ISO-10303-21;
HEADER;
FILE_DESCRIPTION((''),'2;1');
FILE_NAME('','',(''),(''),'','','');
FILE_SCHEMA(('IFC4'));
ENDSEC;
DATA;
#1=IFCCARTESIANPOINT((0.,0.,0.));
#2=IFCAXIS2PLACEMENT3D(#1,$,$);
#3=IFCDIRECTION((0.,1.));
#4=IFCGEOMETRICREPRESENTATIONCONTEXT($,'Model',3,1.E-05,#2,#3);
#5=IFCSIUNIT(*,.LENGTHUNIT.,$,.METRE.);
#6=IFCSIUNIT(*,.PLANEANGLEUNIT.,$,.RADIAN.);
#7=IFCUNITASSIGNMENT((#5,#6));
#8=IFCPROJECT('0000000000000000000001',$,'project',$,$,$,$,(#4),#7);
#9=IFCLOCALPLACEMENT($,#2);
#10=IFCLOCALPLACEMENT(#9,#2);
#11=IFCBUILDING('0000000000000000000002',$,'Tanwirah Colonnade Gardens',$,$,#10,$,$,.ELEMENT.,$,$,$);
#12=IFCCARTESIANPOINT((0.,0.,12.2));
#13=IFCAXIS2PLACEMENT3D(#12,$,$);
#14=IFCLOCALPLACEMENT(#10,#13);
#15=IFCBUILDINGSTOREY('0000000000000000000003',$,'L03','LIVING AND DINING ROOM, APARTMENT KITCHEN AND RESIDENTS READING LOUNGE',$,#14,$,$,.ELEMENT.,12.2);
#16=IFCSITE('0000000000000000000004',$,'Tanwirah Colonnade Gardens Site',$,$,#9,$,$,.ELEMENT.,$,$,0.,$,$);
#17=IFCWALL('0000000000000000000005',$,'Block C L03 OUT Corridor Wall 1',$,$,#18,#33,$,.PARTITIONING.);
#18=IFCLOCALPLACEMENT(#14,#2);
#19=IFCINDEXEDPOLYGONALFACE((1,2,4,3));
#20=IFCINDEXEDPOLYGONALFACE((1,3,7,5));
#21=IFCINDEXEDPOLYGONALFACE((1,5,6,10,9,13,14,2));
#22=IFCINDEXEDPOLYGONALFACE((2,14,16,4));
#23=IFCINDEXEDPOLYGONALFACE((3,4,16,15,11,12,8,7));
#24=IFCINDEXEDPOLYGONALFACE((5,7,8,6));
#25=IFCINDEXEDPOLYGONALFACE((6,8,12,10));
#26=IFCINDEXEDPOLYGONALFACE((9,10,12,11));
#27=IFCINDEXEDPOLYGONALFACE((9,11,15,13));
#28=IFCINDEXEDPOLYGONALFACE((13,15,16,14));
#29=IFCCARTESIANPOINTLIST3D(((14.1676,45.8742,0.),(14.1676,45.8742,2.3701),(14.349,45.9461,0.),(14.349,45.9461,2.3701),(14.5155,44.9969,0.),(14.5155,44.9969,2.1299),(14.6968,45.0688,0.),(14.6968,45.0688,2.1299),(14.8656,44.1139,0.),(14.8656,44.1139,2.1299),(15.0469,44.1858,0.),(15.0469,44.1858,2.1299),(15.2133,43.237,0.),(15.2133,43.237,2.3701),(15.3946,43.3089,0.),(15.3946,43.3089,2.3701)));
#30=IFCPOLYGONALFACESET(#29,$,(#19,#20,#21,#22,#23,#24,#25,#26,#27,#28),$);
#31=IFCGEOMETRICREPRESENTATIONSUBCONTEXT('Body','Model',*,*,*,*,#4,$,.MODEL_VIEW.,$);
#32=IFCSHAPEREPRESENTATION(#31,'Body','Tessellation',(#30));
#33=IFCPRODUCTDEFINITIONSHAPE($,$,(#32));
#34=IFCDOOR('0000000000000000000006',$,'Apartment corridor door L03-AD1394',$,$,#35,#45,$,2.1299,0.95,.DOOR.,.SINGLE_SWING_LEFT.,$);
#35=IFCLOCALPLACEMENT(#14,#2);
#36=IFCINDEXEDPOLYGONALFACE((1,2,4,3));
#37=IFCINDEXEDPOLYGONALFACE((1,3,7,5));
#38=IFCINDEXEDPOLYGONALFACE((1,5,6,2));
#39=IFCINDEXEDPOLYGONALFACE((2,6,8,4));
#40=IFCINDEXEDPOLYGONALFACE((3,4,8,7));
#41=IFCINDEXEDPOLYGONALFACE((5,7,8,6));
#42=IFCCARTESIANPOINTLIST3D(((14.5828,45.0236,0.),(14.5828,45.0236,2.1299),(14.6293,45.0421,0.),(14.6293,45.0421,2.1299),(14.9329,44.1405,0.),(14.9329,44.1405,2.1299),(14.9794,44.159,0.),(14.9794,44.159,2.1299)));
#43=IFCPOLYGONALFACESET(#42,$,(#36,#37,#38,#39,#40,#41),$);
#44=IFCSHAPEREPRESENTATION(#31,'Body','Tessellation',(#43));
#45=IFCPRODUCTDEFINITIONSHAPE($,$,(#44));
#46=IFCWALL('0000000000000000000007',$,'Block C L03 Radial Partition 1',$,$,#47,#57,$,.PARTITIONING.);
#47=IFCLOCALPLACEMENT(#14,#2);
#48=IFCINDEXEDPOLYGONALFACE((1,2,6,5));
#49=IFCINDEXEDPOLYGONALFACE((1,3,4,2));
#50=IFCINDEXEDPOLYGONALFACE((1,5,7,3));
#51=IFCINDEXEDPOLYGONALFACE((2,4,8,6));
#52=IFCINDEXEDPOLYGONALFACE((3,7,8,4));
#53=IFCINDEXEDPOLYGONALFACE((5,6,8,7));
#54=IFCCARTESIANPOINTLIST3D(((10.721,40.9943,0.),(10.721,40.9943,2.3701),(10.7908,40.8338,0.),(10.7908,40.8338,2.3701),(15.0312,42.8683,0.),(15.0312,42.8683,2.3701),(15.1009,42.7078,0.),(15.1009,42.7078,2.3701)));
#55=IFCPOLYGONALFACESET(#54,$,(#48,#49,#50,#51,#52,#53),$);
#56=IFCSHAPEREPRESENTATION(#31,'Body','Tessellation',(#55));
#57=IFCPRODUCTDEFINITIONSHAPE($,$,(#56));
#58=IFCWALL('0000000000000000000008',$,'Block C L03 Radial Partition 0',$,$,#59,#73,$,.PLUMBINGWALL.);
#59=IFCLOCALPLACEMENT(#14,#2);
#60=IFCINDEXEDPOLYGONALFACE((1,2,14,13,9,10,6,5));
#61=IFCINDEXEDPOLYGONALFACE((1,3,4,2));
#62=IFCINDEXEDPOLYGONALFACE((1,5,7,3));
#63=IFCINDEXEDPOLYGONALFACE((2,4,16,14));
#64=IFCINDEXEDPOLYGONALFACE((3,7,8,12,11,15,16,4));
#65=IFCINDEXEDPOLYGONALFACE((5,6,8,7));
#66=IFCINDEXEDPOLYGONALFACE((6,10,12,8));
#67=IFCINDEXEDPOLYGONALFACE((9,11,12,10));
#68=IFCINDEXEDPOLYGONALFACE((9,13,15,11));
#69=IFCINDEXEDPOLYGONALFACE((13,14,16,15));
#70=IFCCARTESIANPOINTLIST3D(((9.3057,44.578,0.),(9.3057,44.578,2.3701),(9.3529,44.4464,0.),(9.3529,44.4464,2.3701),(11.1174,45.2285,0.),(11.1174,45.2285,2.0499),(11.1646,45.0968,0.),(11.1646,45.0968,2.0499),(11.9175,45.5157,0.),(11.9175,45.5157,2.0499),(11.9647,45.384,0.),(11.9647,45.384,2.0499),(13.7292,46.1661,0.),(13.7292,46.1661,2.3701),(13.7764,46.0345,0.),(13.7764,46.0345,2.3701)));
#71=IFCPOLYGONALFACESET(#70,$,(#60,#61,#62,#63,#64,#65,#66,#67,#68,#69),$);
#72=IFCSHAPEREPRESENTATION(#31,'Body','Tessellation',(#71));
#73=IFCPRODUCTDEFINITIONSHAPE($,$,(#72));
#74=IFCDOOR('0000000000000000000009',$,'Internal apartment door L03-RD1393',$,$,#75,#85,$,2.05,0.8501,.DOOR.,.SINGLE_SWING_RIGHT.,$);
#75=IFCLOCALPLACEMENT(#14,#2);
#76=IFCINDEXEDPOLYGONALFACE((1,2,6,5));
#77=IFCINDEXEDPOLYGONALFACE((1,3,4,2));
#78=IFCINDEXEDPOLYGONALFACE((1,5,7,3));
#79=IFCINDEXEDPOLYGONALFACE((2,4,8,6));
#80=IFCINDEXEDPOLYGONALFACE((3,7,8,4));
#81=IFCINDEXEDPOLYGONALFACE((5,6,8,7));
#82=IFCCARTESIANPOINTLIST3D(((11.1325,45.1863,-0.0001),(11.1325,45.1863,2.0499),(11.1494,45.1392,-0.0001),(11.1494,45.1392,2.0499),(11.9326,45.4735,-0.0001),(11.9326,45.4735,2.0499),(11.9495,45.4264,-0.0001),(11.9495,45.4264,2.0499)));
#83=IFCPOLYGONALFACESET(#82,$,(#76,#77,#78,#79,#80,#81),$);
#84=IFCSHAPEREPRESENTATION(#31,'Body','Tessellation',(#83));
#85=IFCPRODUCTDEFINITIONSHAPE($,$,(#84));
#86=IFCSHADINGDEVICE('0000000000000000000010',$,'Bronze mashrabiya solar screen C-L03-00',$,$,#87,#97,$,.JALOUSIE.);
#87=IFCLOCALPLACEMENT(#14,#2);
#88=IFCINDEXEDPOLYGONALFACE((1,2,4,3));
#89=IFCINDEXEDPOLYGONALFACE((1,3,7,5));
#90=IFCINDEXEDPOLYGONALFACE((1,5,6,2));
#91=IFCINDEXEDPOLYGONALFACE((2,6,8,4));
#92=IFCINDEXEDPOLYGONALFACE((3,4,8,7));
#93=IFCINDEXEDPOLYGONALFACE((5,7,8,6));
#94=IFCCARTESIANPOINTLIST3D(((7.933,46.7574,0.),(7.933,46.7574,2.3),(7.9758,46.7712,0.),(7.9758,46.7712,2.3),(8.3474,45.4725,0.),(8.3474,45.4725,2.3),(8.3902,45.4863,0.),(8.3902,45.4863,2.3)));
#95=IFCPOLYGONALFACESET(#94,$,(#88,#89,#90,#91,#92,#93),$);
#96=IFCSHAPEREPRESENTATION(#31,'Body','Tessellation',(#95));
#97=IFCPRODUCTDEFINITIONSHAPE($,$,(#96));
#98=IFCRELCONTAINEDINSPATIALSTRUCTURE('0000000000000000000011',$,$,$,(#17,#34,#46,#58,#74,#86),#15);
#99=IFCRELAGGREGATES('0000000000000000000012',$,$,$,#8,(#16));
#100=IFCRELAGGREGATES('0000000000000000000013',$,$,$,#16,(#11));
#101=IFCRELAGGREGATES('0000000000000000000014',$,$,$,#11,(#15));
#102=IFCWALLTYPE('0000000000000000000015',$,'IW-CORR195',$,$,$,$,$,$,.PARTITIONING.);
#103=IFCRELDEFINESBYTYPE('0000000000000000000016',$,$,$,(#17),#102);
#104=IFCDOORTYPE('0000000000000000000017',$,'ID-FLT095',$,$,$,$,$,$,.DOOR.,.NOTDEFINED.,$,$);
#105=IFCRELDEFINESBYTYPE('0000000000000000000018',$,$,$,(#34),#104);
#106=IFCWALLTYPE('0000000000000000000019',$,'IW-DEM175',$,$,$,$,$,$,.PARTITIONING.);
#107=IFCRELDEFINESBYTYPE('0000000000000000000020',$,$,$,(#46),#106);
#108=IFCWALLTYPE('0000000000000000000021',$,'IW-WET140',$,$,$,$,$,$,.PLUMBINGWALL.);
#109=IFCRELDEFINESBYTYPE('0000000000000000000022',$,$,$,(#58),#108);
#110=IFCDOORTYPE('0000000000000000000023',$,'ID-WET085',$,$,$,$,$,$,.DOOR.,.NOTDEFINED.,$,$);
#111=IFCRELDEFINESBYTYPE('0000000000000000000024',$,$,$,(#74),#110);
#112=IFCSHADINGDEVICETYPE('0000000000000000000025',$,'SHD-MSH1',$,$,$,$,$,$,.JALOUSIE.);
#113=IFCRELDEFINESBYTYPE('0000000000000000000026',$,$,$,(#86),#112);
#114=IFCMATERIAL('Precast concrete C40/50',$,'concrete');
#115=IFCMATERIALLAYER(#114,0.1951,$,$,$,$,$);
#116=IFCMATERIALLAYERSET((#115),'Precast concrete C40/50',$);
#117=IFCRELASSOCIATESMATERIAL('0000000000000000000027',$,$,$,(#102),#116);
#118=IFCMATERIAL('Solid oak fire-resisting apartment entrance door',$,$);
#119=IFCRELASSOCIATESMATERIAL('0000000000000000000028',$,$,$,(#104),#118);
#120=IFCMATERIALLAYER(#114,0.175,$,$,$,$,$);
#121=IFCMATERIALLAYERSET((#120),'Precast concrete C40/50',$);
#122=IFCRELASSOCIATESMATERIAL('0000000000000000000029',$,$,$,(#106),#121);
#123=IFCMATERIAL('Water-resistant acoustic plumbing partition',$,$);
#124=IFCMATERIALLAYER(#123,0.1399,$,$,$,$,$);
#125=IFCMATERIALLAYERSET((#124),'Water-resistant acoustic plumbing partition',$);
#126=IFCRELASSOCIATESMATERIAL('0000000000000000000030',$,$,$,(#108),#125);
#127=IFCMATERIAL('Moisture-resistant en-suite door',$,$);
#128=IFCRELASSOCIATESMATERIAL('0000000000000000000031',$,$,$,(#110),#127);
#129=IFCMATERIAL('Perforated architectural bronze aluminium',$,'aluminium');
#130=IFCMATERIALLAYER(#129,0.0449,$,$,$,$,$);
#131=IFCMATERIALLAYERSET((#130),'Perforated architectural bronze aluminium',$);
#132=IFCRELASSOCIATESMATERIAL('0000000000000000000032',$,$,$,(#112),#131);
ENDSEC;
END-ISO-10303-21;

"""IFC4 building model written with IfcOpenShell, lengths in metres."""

from ifc_helpers import new_model, si_unit, direction, frame, frame_2d, origin, origin_2d, place, context, subcontext, project, spatial, rectangle, extrude, material, layer, layer_set, type_object, element, fill, save


model = new_model("IFC4")

# Units and contexts
model_context = context("Model", 3, precision=1e-05, world=origin(), true_north=direction((0.0, 1.0)))
body_context = subcontext(model_context, "Body", "Model", "MODEL_VIEW")
ifc_project = project(units=[si_unit("LENGTHUNIT", "METRE"), si_unit("PLANEANGLEUNIT", "RADIAN")], contexts=[model_context])

# Site, building, storey
site_placement = place(None, origin())
site = spatial("IfcSite", under=ifc_project, at=site_placement, Name="Tanwirah Colonnade Gardens Site", CompositionType="ELEMENT", RefElevation=0.0)
building_placement = place(site_placement, origin())
building = spatial("IfcBuilding", under=site, at=building_placement, Name="Tanwirah Colonnade Gardens", CompositionType="ELEMENT")
storey_placement = place(building_placement, frame((0.0, 0.0, 12.2)))
storey = spatial("IfcBuildingStorey", under=building, at=storey_placement, Name="L03", Description="LIVING AND DINING ROOM, APARTMENT KITCHEN AND RESIDENTS READING LOUNGE", CompositionType="ELEMENT", Elevation=12.2)

# Shared definitions
ifc_material_1 = material(Name="Precast concrete C40/50", Category="concrete")

# Wall, opening, door
ifc_layer_1 = layer(ifc_material_1, 0.1951)
ifc_layer_set_1 = layer_set([ifc_layer_1], Name="Precast concrete C40/50")
wall_type_1 = type_object("IfcWallType", Name="IW-CORR195", PredefinedType="PARTITIONING", material=ifc_layer_set_1)
wall_1_placement = place(storey_placement, frame((14.2583, 45.9102, 0.0), z_axis=(0.0, 0.0, 1.0), x_axis=(0.368585, -0.929594, 0.0)))
wall_1 = element("IfcWall", 1, at=wall_1_placement, inside=storey, type_object=wall_type_1, Name="Block C L03 OUT Corridor Wall 1", PredefinedType="PARTITIONING", context=body_context, shape_type="SweptSolid", body=[
    extrude(rectangle(XDim=2.8369, YDim=0.1951, at=frame_2d((1.4185, 0.0))), origin(), (0.0, 0.0, 1.0), 2.3701),
])
opening_1_placement = place(wall_1_placement, frame((0.9436, 0.0, 0.0)))
opening_1 = element("IfcOpeningElement", 2, at=opening_1_placement, cuts=wall_1, PredefinedType="OPENING", context=body_context, shape_type="SweptSolid", body=[
    extrude(rectangle(XDim=0.95, YDim=2.1299, at=frame_2d((0.4751, 1.0649))), frame((0.0, 0.1074, 0.0), z_axis=(0.0, -1.0, 0.0), x_axis=(1.0, 0.0, 0.0)), (0.0, 0.0, 1.0), 0.2151),
])
ifc_material_2 = material(Name="Solid oak fire-resisting apartment entrance door")
door_type_1 = type_object("IfcDoorType", Name="ID-FLT095", OperationType="NOTDEFINED", PredefinedType="DOOR", material=ifc_material_2)
door_1_placement = place(opening_1_placement, origin())
door_1 = element("IfcDoor", 3, at=door_1_placement, inside=storey, type_object=door_type_1, Name="Apartment corridor door L03-AD1394", OperationType="SINGLE_SWING_LEFT", OverallHeight=2.1299, OverallWidth=0.95, PredefinedType="DOOR", context=body_context, shape_type="SweptSolid", body=[
    extrude(rectangle(XDim=0.95, YDim=2.1299, at=frame_2d((0.4751, 1.0649))), frame((0.0, 0.0249, 0.0), z_axis=(0.0, -1.0, 0.0), x_axis=(1.0, 0.0, 0.0)), (0.0, 0.0, 1.0), 0.05),
])
fill(opening_1, door_1)

# Wall
ifc_layer_2 = layer(ifc_material_1, 0.175)
ifc_layer_set_2 = layer_set([ifc_layer_2], Name="Precast concrete C40/50")
wall_type_2 = type_object("IfcWallType", Name="IW-DEM175", PredefinedType="PARTITIONING", material=ifc_layer_set_2)
wall_2_placement = place(storey_placement, frame((15.0662, 42.7881, 0.0), z_axis=(0.0, 0.0, 1.0), x_axis=(-0.917072, -0.398722, 0.0)))
element("IfcWall", 4, at=wall_2_placement, inside=storey, type_object=wall_type_2, Name="Block C L03 Radial Partition 1", PredefinedType="PARTITIONING", context=body_context, shape_type="SweptSolid", body=[
    extrude(rectangle(XDim=4.7, YDim=0.175, at=frame_2d((2.3501, 0.0))), origin(), (0.0, 0.0, 1.0), 2.3701),
])

# Wall, opening, door
ifc_material_3 = material(Name="Water-resistant acoustic plumbing partition")
ifc_layer_3 = layer(ifc_material_3, 0.1399)
ifc_layer_set_3 = layer_set([ifc_layer_3], Name="Water-resistant acoustic plumbing partition")
wall_type_3 = type_object("IfcWallType", Name="IW-WET140", PredefinedType="PLUMBINGWALL", material=ifc_layer_set_3)
wall_3_placement = place(storey_placement, frame((13.7529, 46.1003, 0.0), z_axis=(0.0, 0.0, 1.0), x_axis=(-0.941182, -0.337899, 0.0)))
wall_3 = element("IfcWall", 5, at=wall_3_placement, inside=storey, type_object=wall_type_3, Name="Block C L03 Radial Partition 0", PredefinedType="PLUMBINGWALL", context=body_context, shape_type="SweptSolid", body=[
    extrude(rectangle(XDim=4.7, YDim=0.1399, at=frame_2d((2.3501, 0.0))), origin(), (0.0, 0.0, 1.0), 2.3701),
])
opening_2_placement = place(wall_3_placement, frame((1.925, 0.0, 0.0)))
opening_2 = element("IfcOpeningElement", 6, at=opening_2_placement, cuts=wall_3, PredefinedType="OPENING", context=body_context, shape_type="SweptSolid", body=[
    extrude(rectangle(XDim=0.8501, YDim=2.05, at=frame_2d((0.425, 1.0249))), frame((0.0, 0.0798, 0.0), z_axis=(0.0, -1.0, 0.0), x_axis=(1.0, 0.0, 0.0)), (0.0, 0.0, 1.0), 0.1599),
])
ifc_material_4 = material(Name="Moisture-resistant en-suite door")
door_type_2 = type_object("IfcDoorType", Name="ID-WET085", OperationType="NOTDEFINED", PredefinedType="DOOR", material=ifc_material_4)
door_2_placement = place(opening_2_placement, origin())
door_2 = element("IfcDoor", 7, at=door_2_placement, inside=storey, type_object=door_type_2, Name="Internal apartment door L03-RD1393", OperationType="SINGLE_SWING_RIGHT", OverallHeight=2.05, OverallWidth=0.8501, PredefinedType="DOOR", context=body_context, shape_type="SweptSolid", body=[
    extrude(rectangle(XDim=0.8501, YDim=2.05, at=frame_2d((0.425, 1.0249))), frame((0.0, 0.0249, 0.0), z_axis=(0.0, -1.0, 0.0), x_axis=(1.0, 0.0, 0.0)), (0.0, 0.0, 1.0), 0.05),
])
fill(opening_2, door_2)

# Shading device
ifc_material_5 = material(Name="Perforated architectural bronze aluminium", Category="aluminium")
ifc_layer_4 = layer(ifc_material_5, 0.0449)
ifc_layer_set_4 = layer_set([ifc_layer_4], Name="Perforated architectural bronze aluminium")
shading_device_type = type_object("IfcShadingDeviceType", Name="SHD-MSH1", PredefinedType="JALOUSIE", material=ifc_layer_set_4)
shading_device_placement = place(storey_placement, frame((8.1616, 46.1218, 0.0), z_axis=(0.0, 0.0, 1.0), x_axis=(0.306943, -0.951728, 0.0)))
element("IfcShadingDevice", 8, at=shading_device_placement, inside=storey, type_object=shading_device_type, Name="Bronze mashrabiya solar screen C-L03-00", PredefinedType="JALOUSIE", context=body_context, shape_type="SweptSolid", body=[
    extrude(rectangle(XDim=1.3501, YDim=0.0449, at=origin_2d()), origin(), (0.0, 0.0, 1.0), 2.3),
])

save(model, "model.ifc")
